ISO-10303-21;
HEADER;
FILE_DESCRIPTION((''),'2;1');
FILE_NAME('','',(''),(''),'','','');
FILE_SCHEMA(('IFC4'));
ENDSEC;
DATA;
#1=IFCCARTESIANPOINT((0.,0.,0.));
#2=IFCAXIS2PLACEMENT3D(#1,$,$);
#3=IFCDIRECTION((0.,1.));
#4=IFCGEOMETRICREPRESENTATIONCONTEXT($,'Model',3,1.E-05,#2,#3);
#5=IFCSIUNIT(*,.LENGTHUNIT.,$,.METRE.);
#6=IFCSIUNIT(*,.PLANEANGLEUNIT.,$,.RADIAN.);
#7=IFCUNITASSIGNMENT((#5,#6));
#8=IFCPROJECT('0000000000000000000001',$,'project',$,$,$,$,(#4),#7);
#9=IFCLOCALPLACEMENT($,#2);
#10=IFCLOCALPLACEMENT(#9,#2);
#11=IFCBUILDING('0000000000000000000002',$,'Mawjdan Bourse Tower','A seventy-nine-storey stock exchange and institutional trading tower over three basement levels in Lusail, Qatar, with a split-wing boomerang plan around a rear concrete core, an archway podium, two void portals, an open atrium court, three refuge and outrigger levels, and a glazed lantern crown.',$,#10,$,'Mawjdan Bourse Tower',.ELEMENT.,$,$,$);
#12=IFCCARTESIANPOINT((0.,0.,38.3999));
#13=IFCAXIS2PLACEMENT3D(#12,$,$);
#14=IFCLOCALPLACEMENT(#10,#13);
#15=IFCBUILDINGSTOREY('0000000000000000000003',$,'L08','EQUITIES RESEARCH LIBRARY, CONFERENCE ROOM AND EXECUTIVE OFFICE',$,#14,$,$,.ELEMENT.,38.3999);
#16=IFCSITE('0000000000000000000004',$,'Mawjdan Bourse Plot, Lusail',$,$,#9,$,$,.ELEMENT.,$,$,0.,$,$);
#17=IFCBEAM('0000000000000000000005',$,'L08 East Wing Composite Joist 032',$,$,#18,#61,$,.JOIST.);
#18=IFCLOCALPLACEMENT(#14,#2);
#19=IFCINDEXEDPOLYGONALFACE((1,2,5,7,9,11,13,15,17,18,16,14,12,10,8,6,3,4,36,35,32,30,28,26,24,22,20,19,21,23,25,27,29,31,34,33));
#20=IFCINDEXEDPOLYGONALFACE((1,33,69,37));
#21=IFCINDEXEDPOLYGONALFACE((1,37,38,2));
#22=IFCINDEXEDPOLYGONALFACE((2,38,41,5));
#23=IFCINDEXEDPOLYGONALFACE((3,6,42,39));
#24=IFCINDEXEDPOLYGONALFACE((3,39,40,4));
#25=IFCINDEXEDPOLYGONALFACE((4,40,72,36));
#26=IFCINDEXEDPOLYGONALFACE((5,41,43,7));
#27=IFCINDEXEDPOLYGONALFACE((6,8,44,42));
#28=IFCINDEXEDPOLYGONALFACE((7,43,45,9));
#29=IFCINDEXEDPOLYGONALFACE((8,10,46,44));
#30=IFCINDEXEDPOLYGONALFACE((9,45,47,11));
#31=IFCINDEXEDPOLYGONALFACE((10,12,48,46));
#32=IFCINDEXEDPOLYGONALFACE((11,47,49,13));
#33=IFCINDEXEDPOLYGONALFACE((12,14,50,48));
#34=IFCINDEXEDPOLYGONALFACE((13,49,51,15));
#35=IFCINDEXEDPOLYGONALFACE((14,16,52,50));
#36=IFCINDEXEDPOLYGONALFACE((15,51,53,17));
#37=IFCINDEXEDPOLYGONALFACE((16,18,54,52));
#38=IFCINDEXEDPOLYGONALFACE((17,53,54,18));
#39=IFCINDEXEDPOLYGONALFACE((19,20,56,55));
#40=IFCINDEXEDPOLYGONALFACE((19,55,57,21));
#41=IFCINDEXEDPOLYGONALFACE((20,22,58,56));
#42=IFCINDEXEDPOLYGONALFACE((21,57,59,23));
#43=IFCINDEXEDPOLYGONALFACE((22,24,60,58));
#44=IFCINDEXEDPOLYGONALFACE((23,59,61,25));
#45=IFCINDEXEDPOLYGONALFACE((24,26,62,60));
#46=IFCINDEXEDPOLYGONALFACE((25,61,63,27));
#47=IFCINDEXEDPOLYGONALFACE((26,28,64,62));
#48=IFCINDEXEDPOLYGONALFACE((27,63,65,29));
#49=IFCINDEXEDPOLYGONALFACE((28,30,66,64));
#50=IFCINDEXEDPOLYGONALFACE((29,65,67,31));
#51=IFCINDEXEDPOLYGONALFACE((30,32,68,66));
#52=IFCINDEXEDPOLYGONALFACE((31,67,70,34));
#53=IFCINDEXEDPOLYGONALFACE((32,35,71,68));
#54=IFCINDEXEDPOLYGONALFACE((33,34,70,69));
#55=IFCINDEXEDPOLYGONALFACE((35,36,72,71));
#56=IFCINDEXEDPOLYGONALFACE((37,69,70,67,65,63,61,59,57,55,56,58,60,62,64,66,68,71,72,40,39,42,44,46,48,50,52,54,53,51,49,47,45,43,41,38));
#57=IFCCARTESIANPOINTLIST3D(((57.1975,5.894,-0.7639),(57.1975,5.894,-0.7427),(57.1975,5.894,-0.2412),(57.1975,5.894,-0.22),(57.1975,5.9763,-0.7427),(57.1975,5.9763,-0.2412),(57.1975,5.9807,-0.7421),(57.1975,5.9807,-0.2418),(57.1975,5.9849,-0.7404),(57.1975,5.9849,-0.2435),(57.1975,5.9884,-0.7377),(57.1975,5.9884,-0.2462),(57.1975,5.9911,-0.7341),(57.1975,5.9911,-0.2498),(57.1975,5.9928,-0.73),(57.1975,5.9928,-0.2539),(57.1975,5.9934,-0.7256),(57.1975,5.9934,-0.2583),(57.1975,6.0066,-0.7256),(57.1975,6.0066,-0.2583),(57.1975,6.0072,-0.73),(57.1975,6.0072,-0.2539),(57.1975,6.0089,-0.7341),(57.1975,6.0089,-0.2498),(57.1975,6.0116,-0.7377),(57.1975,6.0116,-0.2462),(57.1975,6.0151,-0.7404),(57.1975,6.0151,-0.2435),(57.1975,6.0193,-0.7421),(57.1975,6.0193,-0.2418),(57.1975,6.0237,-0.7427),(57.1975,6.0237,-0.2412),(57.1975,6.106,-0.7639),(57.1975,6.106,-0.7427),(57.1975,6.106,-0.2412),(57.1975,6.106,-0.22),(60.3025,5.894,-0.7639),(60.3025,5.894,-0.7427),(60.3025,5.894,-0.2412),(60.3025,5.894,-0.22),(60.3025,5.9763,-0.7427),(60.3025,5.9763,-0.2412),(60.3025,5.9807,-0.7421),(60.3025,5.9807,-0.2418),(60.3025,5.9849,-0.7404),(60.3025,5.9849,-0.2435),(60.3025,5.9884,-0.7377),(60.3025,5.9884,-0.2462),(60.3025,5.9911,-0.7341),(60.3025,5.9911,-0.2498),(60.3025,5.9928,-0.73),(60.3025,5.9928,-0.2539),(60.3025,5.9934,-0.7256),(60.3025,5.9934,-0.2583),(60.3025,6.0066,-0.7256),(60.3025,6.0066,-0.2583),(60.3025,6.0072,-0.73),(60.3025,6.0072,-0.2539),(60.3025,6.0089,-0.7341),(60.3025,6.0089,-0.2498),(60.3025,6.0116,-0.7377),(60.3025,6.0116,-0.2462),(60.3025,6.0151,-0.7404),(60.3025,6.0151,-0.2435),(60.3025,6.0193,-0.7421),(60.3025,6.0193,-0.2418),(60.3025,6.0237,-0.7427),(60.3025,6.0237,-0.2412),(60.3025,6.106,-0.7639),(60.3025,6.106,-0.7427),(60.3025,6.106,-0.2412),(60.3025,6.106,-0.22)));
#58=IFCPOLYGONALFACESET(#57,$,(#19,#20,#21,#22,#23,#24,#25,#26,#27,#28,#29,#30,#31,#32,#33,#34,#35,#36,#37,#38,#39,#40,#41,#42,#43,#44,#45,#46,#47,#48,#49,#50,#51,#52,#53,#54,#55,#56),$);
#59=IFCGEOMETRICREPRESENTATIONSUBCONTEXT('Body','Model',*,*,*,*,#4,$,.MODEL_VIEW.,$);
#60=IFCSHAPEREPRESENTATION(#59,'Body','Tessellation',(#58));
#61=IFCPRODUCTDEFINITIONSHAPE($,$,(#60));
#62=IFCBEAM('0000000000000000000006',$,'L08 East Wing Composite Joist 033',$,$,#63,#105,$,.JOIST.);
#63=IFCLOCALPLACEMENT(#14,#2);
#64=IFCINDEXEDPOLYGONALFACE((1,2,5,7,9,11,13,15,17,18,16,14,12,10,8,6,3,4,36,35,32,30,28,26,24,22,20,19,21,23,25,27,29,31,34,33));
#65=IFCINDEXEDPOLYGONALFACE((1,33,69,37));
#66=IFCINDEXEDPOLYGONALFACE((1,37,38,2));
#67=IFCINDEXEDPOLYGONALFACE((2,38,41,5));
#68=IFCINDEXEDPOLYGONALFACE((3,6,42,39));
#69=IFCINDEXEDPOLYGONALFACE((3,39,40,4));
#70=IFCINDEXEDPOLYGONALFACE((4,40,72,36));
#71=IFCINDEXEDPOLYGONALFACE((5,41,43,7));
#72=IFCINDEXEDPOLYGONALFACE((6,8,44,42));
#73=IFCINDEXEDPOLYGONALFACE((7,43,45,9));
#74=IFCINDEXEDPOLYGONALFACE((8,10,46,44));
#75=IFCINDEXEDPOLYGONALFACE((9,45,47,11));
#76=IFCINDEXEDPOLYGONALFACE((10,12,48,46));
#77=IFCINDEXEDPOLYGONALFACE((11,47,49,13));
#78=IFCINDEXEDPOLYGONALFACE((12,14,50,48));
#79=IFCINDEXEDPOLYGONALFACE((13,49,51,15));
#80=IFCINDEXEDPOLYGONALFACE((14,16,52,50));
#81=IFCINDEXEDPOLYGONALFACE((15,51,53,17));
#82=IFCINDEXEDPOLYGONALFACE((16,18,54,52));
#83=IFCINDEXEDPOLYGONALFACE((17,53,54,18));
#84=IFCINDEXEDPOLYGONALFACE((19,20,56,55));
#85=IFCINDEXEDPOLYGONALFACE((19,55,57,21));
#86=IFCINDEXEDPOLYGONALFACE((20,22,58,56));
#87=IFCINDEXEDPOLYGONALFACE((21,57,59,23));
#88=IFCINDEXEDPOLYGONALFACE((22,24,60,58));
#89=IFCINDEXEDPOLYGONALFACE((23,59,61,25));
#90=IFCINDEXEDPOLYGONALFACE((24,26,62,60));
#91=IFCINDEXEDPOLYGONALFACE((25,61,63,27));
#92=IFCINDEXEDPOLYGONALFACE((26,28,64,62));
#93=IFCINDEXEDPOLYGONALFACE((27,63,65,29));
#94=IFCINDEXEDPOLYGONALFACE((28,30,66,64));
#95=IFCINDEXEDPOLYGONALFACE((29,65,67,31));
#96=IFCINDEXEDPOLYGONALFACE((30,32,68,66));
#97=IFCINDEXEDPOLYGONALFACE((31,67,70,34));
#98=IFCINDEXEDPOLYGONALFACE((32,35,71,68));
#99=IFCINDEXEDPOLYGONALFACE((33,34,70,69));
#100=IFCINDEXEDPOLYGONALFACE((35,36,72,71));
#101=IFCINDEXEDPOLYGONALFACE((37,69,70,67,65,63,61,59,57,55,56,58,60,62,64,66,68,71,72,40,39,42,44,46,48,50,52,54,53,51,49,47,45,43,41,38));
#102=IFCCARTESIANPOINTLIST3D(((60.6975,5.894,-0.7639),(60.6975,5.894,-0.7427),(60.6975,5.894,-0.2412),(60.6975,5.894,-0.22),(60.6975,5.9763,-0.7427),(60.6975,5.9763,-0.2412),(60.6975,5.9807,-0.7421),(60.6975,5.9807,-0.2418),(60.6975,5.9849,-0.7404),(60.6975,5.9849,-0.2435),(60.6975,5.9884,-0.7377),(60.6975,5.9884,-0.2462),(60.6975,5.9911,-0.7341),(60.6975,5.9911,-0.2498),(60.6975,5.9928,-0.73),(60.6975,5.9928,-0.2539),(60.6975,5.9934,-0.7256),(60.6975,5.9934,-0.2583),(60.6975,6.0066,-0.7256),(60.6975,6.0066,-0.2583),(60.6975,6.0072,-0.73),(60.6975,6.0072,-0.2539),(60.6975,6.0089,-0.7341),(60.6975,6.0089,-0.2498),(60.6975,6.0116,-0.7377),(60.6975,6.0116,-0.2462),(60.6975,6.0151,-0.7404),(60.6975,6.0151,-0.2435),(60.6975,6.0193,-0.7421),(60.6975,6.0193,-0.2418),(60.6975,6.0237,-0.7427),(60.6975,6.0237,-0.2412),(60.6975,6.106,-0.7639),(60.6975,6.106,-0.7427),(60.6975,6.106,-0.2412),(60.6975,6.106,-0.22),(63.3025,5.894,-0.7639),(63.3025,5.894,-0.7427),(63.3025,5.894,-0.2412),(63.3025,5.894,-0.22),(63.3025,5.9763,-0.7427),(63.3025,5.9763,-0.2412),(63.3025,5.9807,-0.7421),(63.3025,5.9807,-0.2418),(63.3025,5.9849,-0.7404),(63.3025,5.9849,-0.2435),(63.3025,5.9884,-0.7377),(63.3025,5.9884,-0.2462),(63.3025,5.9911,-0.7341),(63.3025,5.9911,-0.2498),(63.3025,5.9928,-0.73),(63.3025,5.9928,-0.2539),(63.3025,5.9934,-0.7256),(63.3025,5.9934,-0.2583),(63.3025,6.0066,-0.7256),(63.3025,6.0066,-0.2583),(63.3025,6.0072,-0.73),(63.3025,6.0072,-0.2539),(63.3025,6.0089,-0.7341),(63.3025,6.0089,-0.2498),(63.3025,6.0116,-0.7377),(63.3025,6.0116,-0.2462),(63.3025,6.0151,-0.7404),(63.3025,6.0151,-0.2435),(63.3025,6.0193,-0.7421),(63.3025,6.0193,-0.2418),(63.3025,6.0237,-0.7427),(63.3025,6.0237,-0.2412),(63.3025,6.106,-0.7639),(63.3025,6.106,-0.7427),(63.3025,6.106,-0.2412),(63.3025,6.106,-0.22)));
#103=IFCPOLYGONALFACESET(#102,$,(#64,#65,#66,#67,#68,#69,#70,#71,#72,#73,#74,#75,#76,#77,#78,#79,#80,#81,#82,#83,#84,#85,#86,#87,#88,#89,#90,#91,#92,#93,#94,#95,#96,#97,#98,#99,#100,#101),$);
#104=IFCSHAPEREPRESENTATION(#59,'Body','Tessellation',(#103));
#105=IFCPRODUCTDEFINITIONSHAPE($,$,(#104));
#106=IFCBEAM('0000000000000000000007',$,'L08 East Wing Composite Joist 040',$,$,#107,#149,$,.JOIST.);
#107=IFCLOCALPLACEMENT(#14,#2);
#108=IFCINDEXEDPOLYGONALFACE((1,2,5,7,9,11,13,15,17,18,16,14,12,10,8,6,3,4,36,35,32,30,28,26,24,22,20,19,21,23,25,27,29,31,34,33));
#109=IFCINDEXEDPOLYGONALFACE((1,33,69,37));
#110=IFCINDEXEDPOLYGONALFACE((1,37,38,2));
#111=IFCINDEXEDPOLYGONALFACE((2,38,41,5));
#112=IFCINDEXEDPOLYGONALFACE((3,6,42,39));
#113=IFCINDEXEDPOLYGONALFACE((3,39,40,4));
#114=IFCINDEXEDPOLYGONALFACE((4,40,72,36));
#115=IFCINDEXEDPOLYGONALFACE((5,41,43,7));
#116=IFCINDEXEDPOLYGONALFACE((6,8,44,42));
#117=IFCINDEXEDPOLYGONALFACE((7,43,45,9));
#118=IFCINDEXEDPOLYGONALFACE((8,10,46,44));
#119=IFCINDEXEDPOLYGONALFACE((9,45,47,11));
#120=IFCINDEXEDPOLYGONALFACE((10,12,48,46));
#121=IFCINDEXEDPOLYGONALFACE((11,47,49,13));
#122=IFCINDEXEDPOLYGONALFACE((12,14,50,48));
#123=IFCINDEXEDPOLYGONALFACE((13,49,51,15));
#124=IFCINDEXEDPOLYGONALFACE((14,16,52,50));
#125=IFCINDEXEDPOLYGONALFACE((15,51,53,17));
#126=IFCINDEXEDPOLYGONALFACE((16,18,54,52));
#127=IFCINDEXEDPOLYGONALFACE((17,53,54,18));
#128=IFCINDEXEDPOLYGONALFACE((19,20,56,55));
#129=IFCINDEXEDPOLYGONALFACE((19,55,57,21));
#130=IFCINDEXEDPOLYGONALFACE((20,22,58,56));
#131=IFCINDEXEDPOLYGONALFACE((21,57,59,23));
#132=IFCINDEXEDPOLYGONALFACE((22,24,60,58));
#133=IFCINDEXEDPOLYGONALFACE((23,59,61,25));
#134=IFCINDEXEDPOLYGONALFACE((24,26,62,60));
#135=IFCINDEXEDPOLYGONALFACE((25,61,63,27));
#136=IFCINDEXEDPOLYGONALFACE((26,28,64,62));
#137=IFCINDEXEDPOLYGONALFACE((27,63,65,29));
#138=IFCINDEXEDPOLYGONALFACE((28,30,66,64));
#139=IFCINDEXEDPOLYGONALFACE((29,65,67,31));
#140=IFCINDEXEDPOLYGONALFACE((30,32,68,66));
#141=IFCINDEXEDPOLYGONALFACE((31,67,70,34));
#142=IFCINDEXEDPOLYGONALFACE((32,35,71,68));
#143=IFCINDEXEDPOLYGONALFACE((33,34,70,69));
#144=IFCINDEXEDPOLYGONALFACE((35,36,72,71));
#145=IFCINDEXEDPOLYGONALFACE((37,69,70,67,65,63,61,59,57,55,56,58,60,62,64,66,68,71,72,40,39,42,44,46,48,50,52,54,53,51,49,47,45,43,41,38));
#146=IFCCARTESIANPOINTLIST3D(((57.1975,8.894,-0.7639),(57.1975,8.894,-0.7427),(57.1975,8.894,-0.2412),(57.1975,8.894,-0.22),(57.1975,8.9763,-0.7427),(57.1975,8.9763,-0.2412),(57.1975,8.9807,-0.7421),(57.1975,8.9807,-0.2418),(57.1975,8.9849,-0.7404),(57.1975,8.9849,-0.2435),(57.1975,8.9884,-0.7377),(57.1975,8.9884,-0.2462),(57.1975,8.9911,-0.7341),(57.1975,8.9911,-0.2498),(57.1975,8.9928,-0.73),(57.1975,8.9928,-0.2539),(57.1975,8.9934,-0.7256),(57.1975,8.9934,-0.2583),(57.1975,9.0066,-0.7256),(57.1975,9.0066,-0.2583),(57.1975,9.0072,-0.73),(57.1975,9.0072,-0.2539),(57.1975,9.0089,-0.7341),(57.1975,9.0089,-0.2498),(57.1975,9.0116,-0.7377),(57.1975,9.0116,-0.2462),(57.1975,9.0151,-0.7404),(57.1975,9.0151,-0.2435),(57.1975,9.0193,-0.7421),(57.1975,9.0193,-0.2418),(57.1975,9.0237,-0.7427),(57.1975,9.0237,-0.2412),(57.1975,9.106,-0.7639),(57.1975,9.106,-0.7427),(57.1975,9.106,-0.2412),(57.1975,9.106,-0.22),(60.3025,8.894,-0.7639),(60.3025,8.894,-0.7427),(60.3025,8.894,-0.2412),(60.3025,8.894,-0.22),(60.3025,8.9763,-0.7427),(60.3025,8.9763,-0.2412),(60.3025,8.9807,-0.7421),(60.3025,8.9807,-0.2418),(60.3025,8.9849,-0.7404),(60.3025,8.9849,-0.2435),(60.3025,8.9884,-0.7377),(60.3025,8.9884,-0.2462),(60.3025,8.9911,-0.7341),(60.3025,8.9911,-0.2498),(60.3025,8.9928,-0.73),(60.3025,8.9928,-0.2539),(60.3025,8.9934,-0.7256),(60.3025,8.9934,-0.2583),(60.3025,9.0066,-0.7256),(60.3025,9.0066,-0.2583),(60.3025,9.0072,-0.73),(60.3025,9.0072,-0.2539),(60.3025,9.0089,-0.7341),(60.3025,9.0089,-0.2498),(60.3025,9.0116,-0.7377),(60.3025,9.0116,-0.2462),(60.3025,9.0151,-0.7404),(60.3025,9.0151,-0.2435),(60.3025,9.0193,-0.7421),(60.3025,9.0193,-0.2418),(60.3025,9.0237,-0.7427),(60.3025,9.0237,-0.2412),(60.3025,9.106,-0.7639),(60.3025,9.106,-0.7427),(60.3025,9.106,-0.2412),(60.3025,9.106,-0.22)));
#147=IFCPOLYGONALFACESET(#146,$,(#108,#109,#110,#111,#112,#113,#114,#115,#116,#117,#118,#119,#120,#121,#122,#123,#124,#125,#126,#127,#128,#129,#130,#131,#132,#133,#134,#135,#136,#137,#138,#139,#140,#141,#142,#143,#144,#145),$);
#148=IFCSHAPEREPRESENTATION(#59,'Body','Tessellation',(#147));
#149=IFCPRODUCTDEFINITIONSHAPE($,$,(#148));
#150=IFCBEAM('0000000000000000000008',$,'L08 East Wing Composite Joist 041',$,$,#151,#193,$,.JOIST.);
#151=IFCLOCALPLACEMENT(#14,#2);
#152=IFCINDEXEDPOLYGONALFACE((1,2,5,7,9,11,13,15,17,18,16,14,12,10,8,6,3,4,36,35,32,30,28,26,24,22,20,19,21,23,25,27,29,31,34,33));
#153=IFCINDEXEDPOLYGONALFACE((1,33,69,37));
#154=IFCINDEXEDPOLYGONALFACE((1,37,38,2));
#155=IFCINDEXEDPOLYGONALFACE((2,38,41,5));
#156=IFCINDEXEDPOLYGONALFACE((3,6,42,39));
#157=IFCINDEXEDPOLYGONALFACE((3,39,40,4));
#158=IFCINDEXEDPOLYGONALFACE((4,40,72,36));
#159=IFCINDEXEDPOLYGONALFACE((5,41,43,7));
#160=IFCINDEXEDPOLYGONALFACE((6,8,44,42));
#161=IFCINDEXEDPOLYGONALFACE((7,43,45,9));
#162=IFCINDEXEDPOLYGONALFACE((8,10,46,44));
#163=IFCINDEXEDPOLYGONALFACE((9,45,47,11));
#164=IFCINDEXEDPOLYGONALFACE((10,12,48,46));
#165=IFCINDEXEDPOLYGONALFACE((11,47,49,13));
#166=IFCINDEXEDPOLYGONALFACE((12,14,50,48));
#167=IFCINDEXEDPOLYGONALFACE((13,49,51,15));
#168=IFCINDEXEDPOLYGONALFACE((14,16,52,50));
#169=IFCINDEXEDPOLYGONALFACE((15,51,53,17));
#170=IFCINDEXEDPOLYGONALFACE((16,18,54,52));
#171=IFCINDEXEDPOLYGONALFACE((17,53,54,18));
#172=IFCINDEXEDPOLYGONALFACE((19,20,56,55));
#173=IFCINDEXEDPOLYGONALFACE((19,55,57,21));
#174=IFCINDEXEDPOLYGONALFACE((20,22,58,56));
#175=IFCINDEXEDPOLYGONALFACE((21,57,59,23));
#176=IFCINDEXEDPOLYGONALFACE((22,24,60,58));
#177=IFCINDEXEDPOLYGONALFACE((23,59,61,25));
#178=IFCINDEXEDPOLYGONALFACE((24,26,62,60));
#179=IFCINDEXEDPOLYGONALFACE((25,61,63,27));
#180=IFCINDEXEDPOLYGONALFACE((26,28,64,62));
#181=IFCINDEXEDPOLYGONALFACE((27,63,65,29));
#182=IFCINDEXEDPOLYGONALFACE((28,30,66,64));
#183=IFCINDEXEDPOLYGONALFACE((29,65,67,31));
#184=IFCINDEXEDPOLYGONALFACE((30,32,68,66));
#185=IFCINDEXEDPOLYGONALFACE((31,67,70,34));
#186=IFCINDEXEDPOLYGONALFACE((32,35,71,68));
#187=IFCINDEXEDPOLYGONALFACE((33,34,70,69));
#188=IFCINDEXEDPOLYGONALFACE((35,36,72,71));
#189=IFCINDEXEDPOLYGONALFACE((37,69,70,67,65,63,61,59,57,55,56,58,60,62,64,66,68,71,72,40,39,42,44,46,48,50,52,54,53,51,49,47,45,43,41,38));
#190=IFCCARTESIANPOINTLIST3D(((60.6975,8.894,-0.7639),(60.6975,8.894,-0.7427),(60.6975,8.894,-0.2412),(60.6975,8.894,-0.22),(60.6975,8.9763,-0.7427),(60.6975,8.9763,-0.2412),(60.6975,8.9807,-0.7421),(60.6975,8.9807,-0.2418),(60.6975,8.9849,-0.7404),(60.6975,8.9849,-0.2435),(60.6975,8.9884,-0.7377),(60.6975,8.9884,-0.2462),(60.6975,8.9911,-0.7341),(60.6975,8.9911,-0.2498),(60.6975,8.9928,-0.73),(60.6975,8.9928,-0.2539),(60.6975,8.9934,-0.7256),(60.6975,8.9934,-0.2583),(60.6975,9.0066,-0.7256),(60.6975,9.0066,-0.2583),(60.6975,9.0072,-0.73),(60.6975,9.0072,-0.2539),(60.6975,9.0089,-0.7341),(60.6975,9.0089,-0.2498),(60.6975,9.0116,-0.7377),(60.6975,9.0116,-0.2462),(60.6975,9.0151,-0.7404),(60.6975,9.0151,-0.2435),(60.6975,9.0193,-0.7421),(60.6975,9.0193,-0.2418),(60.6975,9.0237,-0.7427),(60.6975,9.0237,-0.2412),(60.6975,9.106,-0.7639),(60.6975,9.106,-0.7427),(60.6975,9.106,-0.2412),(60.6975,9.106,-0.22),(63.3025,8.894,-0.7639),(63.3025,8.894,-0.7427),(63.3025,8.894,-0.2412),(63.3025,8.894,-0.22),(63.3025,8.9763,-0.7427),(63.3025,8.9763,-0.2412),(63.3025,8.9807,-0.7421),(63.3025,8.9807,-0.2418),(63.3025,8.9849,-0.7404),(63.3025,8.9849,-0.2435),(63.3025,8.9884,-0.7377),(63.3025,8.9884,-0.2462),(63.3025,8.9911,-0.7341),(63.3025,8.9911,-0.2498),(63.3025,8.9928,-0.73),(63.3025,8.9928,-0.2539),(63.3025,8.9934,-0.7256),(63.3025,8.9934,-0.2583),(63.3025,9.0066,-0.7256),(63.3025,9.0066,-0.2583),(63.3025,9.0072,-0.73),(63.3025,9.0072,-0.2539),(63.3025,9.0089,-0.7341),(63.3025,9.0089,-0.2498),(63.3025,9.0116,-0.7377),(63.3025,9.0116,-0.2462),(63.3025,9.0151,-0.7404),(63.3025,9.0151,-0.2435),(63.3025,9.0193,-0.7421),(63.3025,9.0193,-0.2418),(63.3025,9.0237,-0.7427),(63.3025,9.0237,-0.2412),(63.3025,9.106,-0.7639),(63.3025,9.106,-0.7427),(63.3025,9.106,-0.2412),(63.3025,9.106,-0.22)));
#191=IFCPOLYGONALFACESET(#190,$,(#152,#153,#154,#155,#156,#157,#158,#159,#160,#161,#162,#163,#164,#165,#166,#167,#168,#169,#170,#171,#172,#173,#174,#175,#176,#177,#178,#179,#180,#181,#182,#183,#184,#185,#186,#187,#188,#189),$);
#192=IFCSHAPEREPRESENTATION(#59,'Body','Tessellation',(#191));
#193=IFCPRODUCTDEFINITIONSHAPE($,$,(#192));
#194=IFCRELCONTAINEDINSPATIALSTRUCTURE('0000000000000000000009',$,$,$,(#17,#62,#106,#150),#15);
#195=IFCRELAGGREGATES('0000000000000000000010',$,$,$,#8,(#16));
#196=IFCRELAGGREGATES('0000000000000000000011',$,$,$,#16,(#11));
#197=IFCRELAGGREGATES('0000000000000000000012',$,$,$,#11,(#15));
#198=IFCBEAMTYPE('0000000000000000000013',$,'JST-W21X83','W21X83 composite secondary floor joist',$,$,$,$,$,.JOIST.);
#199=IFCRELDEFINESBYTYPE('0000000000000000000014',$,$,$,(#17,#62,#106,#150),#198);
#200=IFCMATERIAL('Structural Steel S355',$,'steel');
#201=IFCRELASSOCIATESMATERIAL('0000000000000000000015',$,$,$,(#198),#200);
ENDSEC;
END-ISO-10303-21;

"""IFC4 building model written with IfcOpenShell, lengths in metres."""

from ifc_helpers import new_model, si_unit, direction, frame, origin, origin_2d, place, context, subcontext, project, spatial, i_section, extrude, material, material_profile, profile_set, type_object, element, save


model = new_model("IFC4")

# Units and contexts
model_context = context("Model", 3, precision=1e-05, world=origin(), true_north=direction((0.0, 1.0)))
body_context = subcontext(model_context, "Body", "Model", "MODEL_VIEW")
ifc_project = project(units=[si_unit("LENGTHUNIT", "METRE"), si_unit("PLANEANGLEUNIT", "RADIAN")], contexts=[model_context])

# Site, building, storey
site_placement = place(None, origin())
site = spatial("IfcSite", under=ifc_project, at=site_placement, Name="Mawjdan Bourse Plot, Lusail", CompositionType="ELEMENT", RefElevation=0.0)
building_placement = place(site_placement, origin())
building = spatial("IfcBuilding", under=site, at=building_placement, Name="Mawjdan Bourse Tower", Description="A seventy-nine-storey stock exchange and institutional trading tower over three basement levels in Lusail, Qatar, with a split-wing boomerang plan around a rear concrete core, an archway podium, two void portals, an open atrium court, three refuge and outrigger levels, and a glazed lantern crown.", LongName="Mawjdan Bourse Tower", CompositionType="ELEMENT")
storey_placement = place(building_placement, frame((0.0, 0.0, 38.3999)))
storey = spatial("IfcBuildingStorey", under=building, at=storey_placement, Name="L08", Description="EQUITIES RESEARCH LIBRARY, CONFERENCE ROOM AND EXECUTIVE OFFICE", CompositionType="ELEMENT", Elevation=38.3999)

# Beams
ifc_material_1 = material(Name="Structural Steel S355", Category="steel")
ifc_material_profile_1 = material_profile(ifc_material_1, i_section(OverallWidth=0.2119, OverallDepth=0.5439, WebThickness=0.0132, FlangeThickness=0.0212, FilletRadius=0.0171, at=origin_2d()), Name="W21X83")
ifc_profile_set_1 = profile_set([ifc_material_profile_1], Name="Structural Steel S355")
beam_type_1 = type_object("IfcBeamType", Name="JST-W21X83", Description="W21X83 composite secondary floor joist", PredefinedType="JOIST", material=ifc_profile_set_1)
beam_1_placement = place(storey_placement, frame((57.1975, 6.0, -0.4919), z_axis=(1.0, 0.0, 0.0), x_axis=(0.0, 1.0, 0.0)))
element("IfcBeam", 1, at=beam_1_placement, inside=storey, type_object=beam_type_1, Name="L08 East Wing Composite Joist 032", PredefinedType="JOIST", context=body_context, shape_type="SweptSolid", body=[
    extrude(i_section(OverallWidth=0.2119, OverallDepth=0.5439, WebThickness=0.0132, FlangeThickness=0.0212, FilletRadius=0.0171, at=origin_2d()), origin(), (0.0, 0.0, 1.0), 3.105),
])
beam_2_placement = place(storey_placement, frame((60.6975, 6.0, -0.4919), z_axis=(1.0, 0.0, 0.0), x_axis=(0.0, 1.0, 0.0)))
element("IfcBeam", 2, at=beam_2_placement, inside=storey, type_object=beam_type_1, Name="L08 East Wing Composite Joist 033", PredefinedType="JOIST", context=body_context, shape_type="SweptSolid", body=[
    extrude(i_section(OverallWidth=0.2119, OverallDepth=0.5439, WebThickness=0.0132, FlangeThickness=0.0212, FilletRadius=0.0171, at=origin_2d()), origin(), (0.0, 0.0, 1.0), 2.605),
])
beam_3_placement = place(storey_placement, frame((57.1975, 9.0, -0.4919), z_axis=(1.0, 0.0, 0.0), x_axis=(0.0, 1.0, 0.0)))
element("IfcBeam", 3, at=beam_3_placement, inside=storey, type_object=beam_type_1, Name="L08 East Wing Composite Joist 040", PredefinedType="JOIST", context=body_context, shape_type="SweptSolid", body=[
    extrude(i_section(OverallWidth=0.2119, OverallDepth=0.5439, WebThickness=0.0132, FlangeThickness=0.0212, FilletRadius=0.0171, at=origin_2d()), origin(), (0.0, 0.0, 1.0), 3.105),
])
beam_4_placement = place(storey_placement, frame((60.6975, 9.0, -0.4919), z_axis=(1.0, 0.0, 0.0), x_axis=(0.0, 1.0, 0.0)))
element("IfcBeam", 4, at=beam_4_placement, inside=storey, type_object=beam_type_1, Name="L08 East Wing Composite Joist 041", PredefinedType="JOIST", context=body_context, shape_type="SweptSolid", body=[
    extrude(i_section(OverallWidth=0.2119, OverallDepth=0.5439, WebThickness=0.0132, FlangeThickness=0.0212, FilletRadius=0.0171, at=origin_2d()), origin(), (0.0, 0.0, 1.0), 2.605),
])

save(model, "model.ifc")
